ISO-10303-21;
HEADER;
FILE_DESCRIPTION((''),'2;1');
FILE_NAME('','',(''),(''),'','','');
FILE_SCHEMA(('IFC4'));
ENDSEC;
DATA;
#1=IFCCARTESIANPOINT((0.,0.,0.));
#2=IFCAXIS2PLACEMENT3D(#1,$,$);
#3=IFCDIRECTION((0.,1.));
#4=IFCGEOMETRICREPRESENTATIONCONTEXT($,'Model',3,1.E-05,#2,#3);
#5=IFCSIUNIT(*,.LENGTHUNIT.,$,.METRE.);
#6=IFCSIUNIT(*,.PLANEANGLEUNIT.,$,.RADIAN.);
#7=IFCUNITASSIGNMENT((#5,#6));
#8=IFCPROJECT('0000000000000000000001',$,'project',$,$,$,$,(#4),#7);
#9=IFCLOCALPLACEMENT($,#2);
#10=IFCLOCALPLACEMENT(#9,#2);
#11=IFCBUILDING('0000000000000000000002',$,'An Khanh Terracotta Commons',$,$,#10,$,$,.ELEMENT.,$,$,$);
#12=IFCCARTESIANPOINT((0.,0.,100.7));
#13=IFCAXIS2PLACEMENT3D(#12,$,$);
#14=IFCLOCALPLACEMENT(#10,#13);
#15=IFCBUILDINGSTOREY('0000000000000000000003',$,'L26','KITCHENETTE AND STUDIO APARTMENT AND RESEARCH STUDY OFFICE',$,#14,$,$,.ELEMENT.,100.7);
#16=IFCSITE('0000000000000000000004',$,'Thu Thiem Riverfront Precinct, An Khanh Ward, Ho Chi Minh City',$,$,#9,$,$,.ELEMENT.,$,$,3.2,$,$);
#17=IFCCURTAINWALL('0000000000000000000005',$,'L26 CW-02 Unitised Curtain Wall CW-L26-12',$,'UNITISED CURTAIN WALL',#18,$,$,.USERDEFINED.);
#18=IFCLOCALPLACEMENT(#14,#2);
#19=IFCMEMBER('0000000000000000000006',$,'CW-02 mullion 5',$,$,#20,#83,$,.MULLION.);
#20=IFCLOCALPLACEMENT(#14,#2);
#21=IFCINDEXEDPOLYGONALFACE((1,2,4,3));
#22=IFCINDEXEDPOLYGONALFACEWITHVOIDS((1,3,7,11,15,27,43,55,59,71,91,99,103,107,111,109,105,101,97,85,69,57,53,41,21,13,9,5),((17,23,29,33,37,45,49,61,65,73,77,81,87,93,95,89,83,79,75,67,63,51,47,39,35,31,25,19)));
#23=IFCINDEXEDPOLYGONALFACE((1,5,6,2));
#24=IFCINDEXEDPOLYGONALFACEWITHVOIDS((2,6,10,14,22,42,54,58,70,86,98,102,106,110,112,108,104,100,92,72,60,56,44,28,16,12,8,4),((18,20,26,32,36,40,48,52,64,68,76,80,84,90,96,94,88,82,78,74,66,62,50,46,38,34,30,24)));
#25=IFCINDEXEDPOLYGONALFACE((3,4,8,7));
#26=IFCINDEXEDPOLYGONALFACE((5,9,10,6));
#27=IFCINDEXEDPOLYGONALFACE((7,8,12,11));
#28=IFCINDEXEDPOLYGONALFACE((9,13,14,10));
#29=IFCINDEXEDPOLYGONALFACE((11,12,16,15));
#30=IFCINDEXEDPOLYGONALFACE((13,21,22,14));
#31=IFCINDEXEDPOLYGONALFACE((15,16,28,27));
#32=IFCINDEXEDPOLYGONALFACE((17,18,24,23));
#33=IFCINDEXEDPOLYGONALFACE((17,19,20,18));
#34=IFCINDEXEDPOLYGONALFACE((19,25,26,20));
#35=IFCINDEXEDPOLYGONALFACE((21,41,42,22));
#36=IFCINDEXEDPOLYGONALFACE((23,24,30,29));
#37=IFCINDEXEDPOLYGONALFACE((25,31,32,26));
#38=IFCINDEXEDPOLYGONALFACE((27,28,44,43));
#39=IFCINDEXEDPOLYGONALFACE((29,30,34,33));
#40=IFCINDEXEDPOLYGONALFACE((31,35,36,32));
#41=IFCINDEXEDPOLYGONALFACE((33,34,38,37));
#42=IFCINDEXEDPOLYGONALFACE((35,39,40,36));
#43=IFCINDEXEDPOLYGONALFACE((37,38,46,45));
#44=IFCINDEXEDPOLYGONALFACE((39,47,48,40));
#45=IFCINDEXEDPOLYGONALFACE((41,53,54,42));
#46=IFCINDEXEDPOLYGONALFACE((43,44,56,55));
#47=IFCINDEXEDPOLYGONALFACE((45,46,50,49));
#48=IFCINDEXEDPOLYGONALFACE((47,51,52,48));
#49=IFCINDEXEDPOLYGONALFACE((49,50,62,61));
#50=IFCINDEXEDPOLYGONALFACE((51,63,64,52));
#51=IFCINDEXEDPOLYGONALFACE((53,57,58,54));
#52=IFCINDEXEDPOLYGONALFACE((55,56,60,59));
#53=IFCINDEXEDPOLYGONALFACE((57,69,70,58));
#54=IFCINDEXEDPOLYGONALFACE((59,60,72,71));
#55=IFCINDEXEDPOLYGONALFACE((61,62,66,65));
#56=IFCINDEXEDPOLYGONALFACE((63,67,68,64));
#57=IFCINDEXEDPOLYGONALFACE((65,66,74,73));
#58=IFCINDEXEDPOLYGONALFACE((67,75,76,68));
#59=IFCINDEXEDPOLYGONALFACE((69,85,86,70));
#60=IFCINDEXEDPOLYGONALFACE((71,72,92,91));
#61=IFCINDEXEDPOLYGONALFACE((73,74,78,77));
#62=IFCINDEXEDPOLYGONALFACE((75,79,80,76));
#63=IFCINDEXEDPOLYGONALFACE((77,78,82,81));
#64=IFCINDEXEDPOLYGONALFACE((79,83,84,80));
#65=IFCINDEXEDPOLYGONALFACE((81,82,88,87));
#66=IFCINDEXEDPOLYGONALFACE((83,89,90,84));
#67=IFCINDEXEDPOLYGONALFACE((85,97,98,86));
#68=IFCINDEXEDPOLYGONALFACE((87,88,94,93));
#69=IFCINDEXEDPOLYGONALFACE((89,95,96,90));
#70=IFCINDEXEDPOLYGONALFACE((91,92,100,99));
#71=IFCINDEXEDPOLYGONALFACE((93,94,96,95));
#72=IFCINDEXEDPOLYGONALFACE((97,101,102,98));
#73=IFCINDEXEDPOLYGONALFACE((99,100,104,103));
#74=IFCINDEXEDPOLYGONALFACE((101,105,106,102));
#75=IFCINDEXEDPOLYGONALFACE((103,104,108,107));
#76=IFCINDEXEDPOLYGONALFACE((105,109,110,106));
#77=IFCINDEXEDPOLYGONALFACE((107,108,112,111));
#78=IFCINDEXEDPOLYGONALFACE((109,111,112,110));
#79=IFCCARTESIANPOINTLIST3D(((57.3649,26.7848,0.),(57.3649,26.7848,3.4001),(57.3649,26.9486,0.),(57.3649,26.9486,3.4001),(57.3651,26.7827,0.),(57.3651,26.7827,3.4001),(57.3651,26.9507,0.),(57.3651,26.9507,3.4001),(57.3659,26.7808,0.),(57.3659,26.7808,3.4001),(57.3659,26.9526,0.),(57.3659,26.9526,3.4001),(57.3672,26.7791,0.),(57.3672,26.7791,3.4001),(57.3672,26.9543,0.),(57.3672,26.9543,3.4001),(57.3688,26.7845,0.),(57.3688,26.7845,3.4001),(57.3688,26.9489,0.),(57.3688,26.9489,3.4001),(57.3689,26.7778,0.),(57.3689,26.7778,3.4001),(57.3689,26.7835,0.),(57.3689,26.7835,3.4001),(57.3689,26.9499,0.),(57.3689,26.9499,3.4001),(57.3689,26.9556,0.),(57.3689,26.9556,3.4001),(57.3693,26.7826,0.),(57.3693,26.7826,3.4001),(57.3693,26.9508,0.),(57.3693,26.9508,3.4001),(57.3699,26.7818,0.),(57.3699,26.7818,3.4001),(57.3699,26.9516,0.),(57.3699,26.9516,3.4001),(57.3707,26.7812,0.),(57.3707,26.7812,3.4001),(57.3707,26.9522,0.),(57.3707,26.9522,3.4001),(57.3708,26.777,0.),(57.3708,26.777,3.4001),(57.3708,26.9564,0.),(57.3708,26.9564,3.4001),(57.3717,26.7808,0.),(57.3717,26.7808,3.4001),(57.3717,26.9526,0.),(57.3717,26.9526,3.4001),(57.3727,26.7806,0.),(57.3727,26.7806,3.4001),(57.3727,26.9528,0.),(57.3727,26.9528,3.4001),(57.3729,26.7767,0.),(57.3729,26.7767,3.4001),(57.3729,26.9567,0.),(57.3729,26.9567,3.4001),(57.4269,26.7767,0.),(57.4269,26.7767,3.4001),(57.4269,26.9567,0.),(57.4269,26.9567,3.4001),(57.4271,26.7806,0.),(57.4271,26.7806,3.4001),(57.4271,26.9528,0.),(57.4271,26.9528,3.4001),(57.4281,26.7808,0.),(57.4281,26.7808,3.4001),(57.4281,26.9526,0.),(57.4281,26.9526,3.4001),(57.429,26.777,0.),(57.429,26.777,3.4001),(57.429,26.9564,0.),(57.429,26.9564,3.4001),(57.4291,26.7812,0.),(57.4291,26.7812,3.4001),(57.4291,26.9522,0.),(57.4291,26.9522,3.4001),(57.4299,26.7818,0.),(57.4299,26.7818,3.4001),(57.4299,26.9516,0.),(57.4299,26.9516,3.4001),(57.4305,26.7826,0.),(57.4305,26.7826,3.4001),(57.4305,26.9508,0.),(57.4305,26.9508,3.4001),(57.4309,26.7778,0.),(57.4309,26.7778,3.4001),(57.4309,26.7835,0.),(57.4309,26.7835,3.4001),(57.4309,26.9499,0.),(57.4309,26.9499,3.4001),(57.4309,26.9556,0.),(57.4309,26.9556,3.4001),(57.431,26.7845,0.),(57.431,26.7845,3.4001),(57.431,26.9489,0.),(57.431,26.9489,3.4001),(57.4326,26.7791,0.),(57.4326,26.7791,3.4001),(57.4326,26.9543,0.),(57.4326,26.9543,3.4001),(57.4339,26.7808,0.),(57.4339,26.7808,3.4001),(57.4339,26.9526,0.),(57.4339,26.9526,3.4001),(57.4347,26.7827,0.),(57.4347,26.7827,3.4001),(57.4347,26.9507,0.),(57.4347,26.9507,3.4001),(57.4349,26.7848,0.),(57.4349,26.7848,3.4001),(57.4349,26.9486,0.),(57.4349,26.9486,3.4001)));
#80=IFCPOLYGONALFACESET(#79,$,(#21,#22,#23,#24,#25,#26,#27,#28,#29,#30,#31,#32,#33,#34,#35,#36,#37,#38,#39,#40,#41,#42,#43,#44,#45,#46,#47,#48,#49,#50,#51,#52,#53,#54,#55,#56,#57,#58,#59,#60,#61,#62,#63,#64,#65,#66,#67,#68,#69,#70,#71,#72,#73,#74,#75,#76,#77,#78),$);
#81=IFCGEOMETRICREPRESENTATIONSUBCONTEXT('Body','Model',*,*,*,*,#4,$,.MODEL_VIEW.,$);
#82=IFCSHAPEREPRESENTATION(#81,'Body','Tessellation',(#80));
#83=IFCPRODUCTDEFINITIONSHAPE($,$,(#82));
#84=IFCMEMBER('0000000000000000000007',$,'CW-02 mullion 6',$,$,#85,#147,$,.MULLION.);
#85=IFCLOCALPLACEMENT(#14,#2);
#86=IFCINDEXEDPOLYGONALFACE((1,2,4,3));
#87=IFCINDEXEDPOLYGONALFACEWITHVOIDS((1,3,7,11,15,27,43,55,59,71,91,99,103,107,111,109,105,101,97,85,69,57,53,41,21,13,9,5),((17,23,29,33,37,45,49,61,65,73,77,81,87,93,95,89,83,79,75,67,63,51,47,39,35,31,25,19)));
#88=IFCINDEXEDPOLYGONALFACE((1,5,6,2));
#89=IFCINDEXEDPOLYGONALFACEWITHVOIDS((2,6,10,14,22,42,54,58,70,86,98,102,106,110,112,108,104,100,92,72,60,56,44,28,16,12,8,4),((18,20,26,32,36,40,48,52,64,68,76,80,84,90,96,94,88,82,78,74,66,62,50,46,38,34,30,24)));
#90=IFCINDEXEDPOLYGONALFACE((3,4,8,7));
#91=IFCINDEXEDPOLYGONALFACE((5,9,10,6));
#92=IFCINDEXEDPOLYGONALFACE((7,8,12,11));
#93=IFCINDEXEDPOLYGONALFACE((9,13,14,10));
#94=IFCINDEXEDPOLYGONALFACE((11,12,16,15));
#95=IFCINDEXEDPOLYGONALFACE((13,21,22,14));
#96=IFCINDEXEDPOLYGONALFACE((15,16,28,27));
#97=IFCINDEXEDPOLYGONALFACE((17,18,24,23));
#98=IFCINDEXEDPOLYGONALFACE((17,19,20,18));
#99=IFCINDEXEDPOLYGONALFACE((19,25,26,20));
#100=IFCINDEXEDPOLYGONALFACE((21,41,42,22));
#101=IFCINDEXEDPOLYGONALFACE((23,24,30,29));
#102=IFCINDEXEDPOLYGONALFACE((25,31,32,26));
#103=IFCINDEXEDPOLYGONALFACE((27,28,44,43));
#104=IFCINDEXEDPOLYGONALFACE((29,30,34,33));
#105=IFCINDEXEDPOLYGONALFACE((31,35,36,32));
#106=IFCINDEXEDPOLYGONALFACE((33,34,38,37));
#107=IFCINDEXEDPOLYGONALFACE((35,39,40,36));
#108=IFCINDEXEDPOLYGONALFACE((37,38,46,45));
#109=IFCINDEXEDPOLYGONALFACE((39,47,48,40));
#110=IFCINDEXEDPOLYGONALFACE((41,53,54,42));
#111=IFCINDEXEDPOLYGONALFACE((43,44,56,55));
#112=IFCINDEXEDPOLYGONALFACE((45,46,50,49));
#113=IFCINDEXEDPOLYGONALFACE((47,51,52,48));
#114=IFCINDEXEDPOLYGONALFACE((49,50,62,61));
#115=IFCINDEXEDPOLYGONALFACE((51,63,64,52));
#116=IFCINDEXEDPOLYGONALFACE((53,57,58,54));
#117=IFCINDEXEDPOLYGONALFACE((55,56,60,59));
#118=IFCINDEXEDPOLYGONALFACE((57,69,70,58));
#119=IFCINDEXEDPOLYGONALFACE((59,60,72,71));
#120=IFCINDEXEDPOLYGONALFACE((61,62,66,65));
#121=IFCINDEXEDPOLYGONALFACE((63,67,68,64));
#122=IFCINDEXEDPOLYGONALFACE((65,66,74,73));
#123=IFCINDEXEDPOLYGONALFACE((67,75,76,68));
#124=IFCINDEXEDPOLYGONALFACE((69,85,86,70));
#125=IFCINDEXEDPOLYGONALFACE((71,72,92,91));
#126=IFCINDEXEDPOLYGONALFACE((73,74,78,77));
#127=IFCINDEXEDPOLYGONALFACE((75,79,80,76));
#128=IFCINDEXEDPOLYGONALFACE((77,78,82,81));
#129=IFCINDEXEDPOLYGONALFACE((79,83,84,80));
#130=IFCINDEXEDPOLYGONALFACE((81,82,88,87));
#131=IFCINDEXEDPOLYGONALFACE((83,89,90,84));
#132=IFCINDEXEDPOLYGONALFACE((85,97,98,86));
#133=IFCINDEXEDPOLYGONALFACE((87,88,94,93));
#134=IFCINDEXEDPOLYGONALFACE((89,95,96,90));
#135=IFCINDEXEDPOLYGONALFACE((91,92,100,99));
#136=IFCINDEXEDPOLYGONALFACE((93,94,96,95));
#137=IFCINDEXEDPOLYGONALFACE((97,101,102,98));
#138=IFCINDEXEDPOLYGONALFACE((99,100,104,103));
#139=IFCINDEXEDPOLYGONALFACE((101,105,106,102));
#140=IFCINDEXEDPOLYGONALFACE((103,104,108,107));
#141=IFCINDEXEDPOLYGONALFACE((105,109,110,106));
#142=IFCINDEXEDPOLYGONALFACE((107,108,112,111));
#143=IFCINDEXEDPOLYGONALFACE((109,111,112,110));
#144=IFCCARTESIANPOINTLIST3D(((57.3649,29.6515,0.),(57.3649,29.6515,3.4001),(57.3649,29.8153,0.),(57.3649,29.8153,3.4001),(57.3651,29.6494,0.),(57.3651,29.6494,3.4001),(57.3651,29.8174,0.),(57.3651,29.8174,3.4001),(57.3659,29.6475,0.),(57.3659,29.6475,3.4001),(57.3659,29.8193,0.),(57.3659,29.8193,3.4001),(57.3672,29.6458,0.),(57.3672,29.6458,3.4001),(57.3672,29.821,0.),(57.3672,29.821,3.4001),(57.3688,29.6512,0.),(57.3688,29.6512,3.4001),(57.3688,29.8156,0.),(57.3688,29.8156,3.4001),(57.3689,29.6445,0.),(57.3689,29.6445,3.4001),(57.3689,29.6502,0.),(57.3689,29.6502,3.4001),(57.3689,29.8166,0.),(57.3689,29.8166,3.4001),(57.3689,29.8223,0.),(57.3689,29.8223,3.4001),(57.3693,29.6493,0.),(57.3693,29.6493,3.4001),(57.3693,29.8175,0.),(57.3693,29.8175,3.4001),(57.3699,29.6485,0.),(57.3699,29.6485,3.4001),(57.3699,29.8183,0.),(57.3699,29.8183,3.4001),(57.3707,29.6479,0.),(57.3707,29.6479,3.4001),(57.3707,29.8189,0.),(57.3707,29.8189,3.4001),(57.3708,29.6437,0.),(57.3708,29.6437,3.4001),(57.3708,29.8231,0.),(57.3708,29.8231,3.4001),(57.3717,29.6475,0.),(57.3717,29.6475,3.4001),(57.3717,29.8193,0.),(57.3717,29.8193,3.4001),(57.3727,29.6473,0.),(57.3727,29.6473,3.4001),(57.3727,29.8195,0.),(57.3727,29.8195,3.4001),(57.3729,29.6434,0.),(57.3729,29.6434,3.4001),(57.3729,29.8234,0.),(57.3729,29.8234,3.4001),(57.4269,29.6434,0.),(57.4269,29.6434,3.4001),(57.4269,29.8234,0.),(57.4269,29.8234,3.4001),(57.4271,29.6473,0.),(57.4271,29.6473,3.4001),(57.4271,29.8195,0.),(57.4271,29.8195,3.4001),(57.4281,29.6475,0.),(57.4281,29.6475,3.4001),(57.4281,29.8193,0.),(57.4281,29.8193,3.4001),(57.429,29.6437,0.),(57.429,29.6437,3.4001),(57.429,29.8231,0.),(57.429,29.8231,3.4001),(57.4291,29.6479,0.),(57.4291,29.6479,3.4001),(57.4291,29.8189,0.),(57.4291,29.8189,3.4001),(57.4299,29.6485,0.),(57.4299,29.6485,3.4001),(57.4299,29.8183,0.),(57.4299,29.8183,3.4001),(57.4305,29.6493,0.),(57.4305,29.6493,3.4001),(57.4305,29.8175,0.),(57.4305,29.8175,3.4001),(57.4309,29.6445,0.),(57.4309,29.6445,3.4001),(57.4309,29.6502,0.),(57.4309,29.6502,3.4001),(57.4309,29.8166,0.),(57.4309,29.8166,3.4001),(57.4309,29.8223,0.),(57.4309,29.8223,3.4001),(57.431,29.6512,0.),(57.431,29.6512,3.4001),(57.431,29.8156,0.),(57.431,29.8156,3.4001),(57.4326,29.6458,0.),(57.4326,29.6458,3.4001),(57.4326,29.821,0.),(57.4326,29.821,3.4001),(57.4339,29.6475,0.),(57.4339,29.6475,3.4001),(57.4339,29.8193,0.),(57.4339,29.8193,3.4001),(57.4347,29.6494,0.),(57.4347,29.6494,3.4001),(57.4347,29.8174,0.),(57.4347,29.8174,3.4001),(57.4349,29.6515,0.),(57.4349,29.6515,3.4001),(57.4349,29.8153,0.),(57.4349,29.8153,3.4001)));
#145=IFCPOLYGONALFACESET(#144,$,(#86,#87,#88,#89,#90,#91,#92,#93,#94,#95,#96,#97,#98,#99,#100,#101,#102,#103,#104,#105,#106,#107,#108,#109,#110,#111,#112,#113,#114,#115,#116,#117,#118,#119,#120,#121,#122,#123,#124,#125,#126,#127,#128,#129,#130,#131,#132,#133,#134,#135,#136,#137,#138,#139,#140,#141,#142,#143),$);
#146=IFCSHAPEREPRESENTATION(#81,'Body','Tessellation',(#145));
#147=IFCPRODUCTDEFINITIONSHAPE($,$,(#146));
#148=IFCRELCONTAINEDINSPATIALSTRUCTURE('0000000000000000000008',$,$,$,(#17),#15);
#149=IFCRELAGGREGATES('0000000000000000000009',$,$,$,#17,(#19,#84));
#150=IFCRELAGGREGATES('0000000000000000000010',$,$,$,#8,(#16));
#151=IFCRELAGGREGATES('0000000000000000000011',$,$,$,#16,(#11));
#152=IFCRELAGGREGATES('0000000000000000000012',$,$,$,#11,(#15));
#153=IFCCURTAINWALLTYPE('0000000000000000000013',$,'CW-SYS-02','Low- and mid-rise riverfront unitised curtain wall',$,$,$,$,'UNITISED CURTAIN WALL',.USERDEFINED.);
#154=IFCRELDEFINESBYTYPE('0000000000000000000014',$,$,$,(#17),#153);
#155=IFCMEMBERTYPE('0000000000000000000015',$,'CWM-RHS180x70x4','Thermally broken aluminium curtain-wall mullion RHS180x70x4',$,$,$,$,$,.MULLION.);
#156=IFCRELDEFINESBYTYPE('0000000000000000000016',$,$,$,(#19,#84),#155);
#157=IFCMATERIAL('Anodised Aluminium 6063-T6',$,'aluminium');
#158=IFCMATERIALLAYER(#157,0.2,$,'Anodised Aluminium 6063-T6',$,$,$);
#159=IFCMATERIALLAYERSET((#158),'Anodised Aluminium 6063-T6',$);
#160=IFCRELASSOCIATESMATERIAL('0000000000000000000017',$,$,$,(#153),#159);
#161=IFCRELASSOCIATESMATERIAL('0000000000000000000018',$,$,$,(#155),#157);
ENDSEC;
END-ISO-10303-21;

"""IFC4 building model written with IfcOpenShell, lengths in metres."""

from ifc_helpers import new_model, si_unit, direction, frame, origin, origin_2d, place, context, subcontext, project, spatial, hollow_rectangle, extrude, material, layer, layer_set, material_profile, profile_set, type_object, element, aggregate, save


model = new_model("IFC4")

# Units and contexts
model_context = context("Model", 3, precision=1e-05, world=origin(), true_north=direction((0.0, 1.0)))
body_context = subcontext(model_context, "Body", "Model", "MODEL_VIEW")
ifc_project = project(units=[si_unit("LENGTHUNIT", "METRE"), si_unit("PLANEANGLEUNIT", "RADIAN")], contexts=[model_context])

# Site, building, storey
site_placement = place(None, origin())
site = spatial("IfcSite", under=ifc_project, at=site_placement, Name="Thu Thiem Riverfront Precinct, An Khanh Ward, Ho Chi Minh City", CompositionType="ELEMENT", RefElevation=3.2)
building_placement = place(site_placement, origin())
building = spatial("IfcBuilding", under=site, at=building_placement, Name="An Khanh Terracotta Commons", CompositionType="ELEMENT")
storey_placement = place(building_placement, frame((0.0, 0.0, 100.7)))
storey = spatial("IfcBuildingStorey", under=building, at=storey_placement, Name="L26", Description="KITCHENETTE AND STUDIO APARTMENT AND RESEARCH STUDY OFFICE", CompositionType="ELEMENT", Elevation=100.7)

# Curtain wall, members
ifc_material_1 = material(Name="Anodised Aluminium 6063-T6", Category="aluminium")
ifc_layer_1 = layer(ifc_material_1, 0.2, Name="Anodised Aluminium 6063-T6")
ifc_layer_set_1 = layer_set([ifc_layer_1], Name="Anodised Aluminium 6063-T6")
curtain_wall_type = type_object("IfcCurtainWallType", Name="CW-SYS-02", Description="Low- and mid-rise riverfront unitised curtain wall", ElementType="UNITISED CURTAIN WALL", PredefinedType="USERDEFINED", material=ifc_layer_set_1)
curtain_wall_placement = place(storey_placement, origin())
curtain_wall = element("IfcCurtainWall", 1, at=curtain_wall_placement, inside=storey, type_object=curtain_wall_type, Name="L26 CW-02 Unitised Curtain Wall CW-L26-12", ObjectType="UNITISED CURTAIN WALL", PredefinedType="USERDEFINED")
ifc_material_profile_1 = material_profile(ifc_material_1, hollow_rectangle(XDim=0.0701, YDim=0.1799, WallThickness=0.0039, InnerFilletRadius=0.0039, OuterFilletRadius=0.0081, at=origin_2d()), Name="RHS180x70x4")
ifc_profile_set_1 = profile_set([ifc_material_profile_1], Name="Anodised Aluminium 6063-T6")
member_type_1 = type_object("IfcMemberType", Name="CWM-RHS180x70x4", Description="Thermally broken aluminium curtain-wall mullion RHS180x70x4", PredefinedType="MULLION", material=ifc_profile_set_1)
member_1_placement = place(storey_placement, frame((57.3999, 26.8667, 0.0), z_axis=(0.0, 0.0, 1.0), x_axis=(-1.0, 0.0, 0.0)))
member_1 = element("IfcMember", 2, at=member_1_placement, type_object=member_type_1, Name="CW-02 mullion 5", PredefinedType="MULLION", context=body_context, shape_type="SweptSolid", body=[
    extrude(hollow_rectangle(XDim=0.0701, YDim=0.1799, WallThickness=0.0039, InnerFilletRadius=0.0039, OuterFilletRadius=0.0081, at=origin_2d()), origin(), (0.0, 0.0, 1.0), 3.4001),
])
member_2_placement = place(storey_placement, frame((57.3999, 29.7334, 0.0), z_axis=(0.0, 0.0, 1.0), x_axis=(-1.0, 0.0, 0.0)))
member_2 = element("IfcMember", 3, at=member_2_placement, type_object=member_type_1, Name="CW-02 mullion 6", PredefinedType="MULLION", context=body_context, shape_type="SweptSolid", body=[
    extrude(hollow_rectangle(XDim=0.0701, YDim=0.1799, WallThickness=0.0039, InnerFilletRadius=0.0039, OuterFilletRadius=0.0081, at=origin_2d()), origin(), (0.0, 0.0, 1.0), 3.4001),
])
aggregate(curtain_wall, [member_1, member_2])

save(model, "model.ifc")
